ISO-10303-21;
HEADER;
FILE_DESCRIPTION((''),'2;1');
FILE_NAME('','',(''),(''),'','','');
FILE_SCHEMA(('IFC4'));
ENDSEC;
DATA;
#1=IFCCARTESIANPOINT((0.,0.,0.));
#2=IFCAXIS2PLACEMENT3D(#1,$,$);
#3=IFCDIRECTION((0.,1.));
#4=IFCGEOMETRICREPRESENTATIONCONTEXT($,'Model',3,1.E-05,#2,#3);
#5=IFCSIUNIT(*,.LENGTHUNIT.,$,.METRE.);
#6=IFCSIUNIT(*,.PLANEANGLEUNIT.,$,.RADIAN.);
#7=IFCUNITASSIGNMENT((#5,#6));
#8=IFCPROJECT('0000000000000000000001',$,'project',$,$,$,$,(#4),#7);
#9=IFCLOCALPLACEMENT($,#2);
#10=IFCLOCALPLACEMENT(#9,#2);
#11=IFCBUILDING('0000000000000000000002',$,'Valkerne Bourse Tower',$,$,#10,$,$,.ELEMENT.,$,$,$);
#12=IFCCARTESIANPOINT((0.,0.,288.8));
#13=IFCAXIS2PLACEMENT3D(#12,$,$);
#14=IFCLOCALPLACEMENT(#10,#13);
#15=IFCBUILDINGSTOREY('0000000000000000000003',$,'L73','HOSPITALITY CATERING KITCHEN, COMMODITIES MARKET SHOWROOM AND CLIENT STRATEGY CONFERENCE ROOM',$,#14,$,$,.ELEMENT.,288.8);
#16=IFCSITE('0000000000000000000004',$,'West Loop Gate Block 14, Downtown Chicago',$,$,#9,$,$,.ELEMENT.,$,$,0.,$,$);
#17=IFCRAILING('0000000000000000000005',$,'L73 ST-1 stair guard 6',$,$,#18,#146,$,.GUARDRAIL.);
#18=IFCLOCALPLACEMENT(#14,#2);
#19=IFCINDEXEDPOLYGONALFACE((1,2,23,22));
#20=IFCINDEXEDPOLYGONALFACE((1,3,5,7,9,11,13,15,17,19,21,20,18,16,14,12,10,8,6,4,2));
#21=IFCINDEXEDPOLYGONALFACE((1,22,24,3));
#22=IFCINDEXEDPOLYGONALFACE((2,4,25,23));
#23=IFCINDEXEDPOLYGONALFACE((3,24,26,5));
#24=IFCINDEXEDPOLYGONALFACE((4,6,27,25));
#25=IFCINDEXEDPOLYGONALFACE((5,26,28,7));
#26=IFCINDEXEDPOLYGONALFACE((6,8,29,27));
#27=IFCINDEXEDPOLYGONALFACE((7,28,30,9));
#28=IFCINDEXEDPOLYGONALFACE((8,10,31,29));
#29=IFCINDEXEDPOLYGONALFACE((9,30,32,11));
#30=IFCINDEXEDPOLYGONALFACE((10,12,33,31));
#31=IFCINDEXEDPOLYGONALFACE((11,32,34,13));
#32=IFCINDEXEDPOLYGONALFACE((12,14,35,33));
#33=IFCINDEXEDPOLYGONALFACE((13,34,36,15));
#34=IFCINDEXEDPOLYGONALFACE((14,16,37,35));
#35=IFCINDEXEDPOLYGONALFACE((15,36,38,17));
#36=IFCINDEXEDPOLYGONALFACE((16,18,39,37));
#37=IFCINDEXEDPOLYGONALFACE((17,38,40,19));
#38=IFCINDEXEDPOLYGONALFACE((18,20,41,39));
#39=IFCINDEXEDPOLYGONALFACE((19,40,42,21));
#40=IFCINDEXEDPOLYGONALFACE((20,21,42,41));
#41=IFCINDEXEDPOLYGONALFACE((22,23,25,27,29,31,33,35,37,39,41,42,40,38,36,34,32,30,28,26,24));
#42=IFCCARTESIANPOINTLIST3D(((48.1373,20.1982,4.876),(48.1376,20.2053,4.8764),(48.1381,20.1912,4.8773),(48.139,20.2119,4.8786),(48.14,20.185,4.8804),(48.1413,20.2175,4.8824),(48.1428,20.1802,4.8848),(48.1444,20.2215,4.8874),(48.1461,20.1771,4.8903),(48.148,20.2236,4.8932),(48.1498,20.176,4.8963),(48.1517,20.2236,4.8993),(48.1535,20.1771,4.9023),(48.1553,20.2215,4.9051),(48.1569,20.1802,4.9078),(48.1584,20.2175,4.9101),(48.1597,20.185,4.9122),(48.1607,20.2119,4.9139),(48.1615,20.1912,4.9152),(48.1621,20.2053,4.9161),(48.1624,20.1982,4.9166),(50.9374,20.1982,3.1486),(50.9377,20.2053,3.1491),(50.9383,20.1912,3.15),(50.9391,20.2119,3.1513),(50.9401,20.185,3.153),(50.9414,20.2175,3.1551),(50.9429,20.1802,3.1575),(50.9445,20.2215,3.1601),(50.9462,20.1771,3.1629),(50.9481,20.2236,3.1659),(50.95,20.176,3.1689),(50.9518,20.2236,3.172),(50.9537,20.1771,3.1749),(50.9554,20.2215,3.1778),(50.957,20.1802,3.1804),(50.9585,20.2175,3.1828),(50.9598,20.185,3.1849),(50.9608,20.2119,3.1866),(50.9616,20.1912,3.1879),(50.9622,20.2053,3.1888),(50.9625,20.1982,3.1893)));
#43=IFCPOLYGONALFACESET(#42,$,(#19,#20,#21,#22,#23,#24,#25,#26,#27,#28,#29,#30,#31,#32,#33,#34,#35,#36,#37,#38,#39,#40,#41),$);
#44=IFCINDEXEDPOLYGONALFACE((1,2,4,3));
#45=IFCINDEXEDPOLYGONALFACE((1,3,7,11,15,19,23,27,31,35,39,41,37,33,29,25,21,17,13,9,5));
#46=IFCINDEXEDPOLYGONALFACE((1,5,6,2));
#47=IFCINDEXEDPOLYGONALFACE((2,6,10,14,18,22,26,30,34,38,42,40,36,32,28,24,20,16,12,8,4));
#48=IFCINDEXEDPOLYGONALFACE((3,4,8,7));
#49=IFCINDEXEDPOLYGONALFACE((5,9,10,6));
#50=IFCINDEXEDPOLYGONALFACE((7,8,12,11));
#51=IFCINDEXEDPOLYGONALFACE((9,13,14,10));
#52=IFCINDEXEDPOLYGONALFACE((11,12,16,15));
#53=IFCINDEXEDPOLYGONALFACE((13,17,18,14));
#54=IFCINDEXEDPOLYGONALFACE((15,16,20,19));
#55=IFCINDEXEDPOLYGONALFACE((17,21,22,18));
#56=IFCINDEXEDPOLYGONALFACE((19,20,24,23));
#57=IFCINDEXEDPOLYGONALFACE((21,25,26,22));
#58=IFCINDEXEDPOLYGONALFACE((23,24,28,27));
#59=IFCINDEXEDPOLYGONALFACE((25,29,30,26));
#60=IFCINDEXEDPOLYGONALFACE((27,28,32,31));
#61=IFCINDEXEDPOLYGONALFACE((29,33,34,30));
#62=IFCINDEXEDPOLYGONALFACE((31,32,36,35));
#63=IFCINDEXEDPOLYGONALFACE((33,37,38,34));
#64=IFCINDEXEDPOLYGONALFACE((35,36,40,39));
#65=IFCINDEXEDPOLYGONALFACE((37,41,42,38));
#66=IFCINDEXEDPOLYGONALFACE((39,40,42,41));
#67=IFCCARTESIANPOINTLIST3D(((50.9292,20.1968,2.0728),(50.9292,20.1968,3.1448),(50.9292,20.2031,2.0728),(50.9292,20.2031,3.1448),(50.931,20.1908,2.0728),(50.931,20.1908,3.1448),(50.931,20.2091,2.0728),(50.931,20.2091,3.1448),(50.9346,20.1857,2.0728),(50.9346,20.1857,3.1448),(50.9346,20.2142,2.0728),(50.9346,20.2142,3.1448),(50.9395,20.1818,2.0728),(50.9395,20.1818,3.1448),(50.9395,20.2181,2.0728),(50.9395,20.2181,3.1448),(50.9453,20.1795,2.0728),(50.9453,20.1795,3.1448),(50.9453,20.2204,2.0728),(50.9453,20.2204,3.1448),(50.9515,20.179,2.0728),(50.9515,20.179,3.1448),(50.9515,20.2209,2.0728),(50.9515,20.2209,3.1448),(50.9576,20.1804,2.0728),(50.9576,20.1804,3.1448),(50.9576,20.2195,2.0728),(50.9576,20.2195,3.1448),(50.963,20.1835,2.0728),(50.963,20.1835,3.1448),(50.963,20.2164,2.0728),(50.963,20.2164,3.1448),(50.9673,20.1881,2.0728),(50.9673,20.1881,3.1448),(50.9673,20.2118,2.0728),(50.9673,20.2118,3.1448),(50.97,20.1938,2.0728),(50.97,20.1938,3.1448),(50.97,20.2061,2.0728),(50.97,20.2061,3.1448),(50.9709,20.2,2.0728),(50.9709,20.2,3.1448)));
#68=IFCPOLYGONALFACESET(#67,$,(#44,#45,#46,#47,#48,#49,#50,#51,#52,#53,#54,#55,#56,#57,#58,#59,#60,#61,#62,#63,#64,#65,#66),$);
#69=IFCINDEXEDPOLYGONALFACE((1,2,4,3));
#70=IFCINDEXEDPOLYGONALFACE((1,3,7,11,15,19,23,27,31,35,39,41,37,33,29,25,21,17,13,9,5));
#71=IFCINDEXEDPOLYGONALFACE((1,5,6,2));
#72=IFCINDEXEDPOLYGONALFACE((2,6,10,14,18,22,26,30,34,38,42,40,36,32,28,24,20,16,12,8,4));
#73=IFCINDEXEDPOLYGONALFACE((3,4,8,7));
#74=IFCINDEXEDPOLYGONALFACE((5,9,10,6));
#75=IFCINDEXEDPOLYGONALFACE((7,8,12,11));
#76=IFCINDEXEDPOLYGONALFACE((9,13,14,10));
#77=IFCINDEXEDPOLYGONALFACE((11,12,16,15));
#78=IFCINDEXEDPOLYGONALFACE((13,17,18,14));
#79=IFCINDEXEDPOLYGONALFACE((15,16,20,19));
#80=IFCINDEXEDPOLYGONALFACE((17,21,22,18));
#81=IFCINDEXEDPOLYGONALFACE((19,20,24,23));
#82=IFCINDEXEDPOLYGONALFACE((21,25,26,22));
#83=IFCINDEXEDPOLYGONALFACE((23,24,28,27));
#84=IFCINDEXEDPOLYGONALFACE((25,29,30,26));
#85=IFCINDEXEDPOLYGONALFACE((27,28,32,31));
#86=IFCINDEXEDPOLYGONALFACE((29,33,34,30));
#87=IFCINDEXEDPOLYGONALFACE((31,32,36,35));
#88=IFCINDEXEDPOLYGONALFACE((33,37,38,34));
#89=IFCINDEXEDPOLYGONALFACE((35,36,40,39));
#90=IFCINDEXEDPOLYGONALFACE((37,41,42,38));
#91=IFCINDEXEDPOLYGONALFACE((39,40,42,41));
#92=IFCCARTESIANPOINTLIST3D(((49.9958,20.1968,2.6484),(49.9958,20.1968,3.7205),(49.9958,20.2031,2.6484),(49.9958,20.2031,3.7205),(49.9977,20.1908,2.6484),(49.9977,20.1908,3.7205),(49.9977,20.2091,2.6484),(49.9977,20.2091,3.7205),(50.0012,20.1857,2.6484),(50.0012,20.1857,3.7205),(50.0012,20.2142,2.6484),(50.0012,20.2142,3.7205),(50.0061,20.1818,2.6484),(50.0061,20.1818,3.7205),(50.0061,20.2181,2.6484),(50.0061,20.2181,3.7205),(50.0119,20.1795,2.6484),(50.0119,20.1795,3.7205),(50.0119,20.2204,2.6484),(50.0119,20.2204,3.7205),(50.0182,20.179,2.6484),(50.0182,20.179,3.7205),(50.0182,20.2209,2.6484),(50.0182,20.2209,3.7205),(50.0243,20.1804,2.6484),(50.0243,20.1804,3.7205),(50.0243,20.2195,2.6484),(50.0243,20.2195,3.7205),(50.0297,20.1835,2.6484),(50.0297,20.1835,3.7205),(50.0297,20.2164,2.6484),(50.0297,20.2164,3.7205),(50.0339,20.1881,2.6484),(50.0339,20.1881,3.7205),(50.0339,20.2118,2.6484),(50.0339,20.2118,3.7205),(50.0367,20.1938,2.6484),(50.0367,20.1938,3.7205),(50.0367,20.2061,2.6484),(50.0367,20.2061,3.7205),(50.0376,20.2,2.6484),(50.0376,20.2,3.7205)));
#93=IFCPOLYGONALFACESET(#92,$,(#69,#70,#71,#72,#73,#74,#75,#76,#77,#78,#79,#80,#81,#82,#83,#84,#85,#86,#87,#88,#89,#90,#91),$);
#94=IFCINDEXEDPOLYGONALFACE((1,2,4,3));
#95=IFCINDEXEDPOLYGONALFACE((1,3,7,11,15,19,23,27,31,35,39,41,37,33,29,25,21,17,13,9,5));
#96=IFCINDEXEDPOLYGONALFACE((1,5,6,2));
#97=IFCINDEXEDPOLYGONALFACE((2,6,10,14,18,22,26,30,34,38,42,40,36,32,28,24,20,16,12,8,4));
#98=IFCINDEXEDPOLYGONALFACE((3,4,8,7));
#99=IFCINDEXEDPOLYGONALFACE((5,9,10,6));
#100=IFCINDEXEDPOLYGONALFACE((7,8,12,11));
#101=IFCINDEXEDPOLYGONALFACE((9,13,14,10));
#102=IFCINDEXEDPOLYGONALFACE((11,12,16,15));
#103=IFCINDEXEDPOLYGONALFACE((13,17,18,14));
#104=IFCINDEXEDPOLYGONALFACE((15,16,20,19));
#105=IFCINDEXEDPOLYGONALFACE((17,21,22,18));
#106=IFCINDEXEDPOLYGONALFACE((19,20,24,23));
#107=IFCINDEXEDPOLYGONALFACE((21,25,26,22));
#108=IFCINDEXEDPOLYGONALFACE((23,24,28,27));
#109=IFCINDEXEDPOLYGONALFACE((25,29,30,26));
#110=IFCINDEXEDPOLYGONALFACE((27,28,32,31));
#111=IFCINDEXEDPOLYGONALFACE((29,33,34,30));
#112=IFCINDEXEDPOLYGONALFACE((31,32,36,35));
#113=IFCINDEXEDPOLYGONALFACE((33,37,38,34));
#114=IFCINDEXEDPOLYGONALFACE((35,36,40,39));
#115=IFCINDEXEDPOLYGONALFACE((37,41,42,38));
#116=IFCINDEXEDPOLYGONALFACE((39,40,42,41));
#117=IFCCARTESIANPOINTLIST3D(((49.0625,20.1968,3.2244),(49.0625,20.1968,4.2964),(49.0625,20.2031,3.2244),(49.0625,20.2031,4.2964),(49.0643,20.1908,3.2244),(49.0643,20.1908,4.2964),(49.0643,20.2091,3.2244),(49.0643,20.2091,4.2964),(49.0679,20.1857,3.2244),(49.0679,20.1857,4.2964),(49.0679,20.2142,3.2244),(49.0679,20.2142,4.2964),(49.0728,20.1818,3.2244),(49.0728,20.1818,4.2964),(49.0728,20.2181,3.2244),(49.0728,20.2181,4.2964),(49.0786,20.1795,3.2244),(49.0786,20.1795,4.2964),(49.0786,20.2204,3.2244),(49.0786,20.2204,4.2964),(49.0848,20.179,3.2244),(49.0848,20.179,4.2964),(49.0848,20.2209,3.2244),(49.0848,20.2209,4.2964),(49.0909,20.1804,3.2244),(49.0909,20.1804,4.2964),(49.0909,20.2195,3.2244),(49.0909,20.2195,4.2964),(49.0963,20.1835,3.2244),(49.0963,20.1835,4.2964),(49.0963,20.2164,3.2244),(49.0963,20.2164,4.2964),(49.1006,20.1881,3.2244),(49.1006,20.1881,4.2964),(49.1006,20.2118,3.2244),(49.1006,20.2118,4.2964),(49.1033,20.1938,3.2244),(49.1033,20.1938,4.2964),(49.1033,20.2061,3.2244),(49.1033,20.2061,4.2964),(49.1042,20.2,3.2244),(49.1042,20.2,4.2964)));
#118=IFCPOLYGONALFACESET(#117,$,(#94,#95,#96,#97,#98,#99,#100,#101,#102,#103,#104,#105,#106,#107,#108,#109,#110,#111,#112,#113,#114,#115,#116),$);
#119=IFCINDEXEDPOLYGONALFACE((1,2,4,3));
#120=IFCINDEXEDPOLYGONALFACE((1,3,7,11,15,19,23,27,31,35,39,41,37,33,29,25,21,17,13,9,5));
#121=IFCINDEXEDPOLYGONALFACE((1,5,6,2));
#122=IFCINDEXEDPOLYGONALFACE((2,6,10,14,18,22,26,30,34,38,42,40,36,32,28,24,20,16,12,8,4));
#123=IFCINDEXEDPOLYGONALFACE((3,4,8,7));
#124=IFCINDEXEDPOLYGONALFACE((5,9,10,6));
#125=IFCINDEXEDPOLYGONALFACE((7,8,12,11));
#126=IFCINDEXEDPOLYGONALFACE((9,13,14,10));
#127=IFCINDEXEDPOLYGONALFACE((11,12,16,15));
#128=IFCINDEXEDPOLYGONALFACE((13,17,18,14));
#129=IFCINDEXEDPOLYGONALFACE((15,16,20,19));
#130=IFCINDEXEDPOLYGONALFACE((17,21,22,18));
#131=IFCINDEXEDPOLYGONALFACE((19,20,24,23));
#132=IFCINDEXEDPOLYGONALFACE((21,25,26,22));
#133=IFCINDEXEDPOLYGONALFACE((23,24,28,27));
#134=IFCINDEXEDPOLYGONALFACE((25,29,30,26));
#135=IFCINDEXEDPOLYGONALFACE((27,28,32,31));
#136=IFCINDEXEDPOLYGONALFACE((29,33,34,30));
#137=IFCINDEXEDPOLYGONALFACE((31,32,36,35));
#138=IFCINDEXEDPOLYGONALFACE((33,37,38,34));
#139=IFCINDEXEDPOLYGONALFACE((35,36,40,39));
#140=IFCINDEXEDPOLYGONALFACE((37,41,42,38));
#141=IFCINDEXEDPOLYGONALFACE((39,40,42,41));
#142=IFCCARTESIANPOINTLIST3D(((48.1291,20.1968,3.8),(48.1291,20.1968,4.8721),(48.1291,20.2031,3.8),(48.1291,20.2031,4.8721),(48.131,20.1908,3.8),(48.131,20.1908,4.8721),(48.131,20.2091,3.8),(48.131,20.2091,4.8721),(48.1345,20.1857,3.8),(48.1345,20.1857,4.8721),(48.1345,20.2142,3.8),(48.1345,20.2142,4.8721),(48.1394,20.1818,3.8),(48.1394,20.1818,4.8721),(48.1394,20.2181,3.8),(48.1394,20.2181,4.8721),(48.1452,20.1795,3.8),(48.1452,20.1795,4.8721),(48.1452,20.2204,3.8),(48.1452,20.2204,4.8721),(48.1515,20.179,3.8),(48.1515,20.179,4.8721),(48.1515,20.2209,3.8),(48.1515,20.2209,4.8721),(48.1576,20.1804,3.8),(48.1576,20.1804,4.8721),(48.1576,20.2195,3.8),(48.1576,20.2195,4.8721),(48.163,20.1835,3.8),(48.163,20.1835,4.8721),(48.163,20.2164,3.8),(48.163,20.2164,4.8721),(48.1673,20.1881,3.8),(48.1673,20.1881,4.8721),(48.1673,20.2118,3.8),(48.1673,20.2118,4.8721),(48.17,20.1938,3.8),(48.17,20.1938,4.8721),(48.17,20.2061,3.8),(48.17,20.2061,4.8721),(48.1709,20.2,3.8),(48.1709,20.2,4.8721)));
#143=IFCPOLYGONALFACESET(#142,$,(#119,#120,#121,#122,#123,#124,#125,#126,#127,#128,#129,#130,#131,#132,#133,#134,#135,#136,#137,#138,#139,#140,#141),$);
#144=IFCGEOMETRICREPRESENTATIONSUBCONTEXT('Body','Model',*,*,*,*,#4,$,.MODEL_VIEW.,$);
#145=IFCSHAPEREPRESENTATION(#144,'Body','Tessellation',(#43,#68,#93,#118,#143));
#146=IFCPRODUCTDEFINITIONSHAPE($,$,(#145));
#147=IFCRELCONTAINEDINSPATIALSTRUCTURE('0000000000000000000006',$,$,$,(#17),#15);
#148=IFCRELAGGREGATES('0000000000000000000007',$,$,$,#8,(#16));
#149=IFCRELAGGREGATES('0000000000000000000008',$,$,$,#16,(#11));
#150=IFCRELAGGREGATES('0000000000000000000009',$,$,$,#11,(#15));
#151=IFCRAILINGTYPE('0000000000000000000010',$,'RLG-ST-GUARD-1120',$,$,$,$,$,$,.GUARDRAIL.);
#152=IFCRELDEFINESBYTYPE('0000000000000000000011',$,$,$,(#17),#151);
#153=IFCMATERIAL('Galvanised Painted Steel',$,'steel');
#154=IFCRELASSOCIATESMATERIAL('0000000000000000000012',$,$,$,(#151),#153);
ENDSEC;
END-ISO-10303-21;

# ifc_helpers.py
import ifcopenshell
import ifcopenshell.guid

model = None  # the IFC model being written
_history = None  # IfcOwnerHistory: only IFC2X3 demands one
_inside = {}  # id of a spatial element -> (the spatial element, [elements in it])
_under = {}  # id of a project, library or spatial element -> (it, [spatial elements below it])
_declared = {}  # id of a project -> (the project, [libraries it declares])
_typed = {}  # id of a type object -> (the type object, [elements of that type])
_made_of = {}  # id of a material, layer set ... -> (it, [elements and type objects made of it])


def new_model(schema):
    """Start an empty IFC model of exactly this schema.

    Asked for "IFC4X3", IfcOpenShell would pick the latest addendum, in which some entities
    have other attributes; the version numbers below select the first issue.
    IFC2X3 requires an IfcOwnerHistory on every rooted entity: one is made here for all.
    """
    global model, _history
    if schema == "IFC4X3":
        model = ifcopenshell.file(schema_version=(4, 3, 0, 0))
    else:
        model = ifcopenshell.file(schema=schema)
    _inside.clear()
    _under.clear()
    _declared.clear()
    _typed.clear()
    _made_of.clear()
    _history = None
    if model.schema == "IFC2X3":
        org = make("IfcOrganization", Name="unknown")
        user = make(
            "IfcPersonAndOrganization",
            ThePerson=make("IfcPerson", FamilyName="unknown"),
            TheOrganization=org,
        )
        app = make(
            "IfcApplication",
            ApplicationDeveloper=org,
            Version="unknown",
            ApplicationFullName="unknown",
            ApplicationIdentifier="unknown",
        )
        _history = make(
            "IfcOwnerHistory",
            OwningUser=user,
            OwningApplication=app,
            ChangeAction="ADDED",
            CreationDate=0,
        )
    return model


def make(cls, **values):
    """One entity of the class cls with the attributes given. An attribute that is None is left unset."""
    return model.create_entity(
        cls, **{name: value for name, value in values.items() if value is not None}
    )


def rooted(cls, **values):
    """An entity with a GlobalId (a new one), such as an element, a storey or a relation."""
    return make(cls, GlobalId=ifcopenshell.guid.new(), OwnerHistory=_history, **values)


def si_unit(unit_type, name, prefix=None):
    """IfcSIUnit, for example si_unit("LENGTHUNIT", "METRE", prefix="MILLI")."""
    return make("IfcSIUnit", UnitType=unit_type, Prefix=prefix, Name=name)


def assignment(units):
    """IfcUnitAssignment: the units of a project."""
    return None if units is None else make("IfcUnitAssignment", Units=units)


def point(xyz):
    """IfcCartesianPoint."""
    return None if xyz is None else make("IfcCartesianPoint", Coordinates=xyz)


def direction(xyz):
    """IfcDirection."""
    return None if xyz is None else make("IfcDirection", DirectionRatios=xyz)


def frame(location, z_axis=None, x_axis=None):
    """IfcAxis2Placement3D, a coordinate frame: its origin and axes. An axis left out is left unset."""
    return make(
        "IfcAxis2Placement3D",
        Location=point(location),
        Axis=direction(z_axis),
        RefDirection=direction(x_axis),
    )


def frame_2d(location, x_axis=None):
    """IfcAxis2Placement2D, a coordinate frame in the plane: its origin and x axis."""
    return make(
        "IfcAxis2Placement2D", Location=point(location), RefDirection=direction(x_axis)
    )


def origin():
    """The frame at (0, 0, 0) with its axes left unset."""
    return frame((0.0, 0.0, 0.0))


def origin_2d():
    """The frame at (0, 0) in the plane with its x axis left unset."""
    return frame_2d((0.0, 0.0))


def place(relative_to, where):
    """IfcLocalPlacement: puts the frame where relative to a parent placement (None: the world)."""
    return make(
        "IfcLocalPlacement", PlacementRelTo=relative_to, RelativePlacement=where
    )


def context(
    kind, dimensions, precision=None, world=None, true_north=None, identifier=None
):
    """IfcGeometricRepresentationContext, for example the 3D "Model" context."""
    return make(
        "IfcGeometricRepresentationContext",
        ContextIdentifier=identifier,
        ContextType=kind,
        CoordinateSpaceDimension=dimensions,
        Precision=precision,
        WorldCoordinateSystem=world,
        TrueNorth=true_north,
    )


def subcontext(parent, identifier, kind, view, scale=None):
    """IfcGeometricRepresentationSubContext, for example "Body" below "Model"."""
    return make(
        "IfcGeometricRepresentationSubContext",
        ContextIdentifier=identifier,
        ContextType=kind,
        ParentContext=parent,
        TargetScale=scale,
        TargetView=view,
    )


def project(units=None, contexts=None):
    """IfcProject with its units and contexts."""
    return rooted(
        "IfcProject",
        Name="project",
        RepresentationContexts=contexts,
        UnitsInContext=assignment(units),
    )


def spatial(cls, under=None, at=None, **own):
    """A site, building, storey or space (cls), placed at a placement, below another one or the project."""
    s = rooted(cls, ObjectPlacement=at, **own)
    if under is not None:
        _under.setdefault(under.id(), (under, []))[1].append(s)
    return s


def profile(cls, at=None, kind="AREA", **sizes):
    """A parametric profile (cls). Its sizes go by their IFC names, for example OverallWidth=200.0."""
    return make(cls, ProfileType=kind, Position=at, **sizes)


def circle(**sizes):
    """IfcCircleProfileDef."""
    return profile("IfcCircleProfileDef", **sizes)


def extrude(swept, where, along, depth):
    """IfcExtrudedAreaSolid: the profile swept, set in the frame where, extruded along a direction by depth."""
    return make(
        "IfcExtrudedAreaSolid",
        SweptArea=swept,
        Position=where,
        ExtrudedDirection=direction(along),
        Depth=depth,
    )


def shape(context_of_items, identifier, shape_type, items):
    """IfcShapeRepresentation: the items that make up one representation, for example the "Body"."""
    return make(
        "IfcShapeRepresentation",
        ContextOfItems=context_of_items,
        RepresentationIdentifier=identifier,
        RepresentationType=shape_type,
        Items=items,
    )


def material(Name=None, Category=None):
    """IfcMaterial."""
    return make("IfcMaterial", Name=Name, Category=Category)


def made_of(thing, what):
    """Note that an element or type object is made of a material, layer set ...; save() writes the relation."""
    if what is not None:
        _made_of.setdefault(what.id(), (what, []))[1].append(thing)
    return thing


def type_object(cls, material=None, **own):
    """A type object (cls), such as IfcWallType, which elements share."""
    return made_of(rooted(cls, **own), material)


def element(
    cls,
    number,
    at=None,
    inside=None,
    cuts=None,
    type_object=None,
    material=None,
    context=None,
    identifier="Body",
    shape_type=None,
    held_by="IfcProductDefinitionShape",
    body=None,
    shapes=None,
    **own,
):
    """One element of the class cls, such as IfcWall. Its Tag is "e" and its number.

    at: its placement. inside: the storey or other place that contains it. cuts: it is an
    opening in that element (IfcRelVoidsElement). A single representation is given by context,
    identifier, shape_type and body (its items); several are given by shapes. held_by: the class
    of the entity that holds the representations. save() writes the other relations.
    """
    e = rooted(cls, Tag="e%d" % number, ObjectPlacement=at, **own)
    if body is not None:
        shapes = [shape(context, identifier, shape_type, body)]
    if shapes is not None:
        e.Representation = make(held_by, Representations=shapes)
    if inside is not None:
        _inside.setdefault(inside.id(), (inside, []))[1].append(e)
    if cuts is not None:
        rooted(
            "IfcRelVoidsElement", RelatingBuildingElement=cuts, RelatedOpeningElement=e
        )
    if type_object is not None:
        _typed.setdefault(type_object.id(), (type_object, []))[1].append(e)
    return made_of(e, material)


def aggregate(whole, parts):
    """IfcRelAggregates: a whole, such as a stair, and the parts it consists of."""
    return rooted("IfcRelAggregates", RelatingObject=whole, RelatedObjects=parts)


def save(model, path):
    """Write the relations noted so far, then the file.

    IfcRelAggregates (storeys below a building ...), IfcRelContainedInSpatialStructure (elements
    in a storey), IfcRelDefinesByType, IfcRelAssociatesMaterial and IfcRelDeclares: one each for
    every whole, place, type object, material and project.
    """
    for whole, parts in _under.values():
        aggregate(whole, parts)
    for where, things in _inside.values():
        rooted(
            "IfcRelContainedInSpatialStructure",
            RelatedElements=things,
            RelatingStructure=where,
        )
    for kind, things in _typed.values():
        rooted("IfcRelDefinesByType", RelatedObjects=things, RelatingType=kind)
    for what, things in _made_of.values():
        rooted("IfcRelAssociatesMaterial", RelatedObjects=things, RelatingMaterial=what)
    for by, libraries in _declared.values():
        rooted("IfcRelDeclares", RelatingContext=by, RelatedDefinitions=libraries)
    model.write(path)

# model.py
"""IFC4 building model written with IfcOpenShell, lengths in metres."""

from ifc_helpers import new_model, si_unit, direction, frame, origin, origin_2d, place, context, subcontext, project, spatial, circle, extrude, material, type_object, element, save


model = new_model("IFC4")

# Units and contexts
model_context = context("Model", 3, precision=1e-05, world=origin(), true_north=direction((0.0, 1.0)))
body_context = subcontext(model_context, "Body", "Model", "MODEL_VIEW")
ifc_project = project(units=[si_unit("LENGTHUNIT", "METRE"), si_unit("PLANEANGLEUNIT", "RADIAN")], contexts=[model_context])

# Site, building, storey
site_placement = place(None, origin())
site = spatial("IfcSite", under=ifc_project, at=site_placement, Name="West Loop Gate Block 14, Downtown Chicago", CompositionType="ELEMENT", RefElevation=0.0)
building_placement = place(site_placement, origin())
building = spatial("IfcBuilding", under=site, at=building_placement, Name="Valkerne Bourse Tower", CompositionType="ELEMENT")
storey_placement = place(building_placement, frame((0.0, 0.0, 288.8)))
storey = spatial("IfcBuildingStorey", under=building, at=storey_placement, Name="L73", Description="HOSPITALITY CATERING KITCHEN, COMMODITIES MARKET SHOWROOM AND CLIENT STRATEGY CONFERENCE ROOM", CompositionType="ELEMENT", Elevation=288.8)

# Shared definitions
ifc_material_1 = material(Name="Galvanised Painted Steel", Category="steel")

# Railing
railing_type_1 = type_object("IfcRailingType", Name="RLG-ST-GUARD-1120", PredefinedType="GUARDRAIL", material=ifc_material_1)
railing_1_placement = place(storey_placement, frame((50.95, 20.2, 2.0728)))
element("IfcRailing", 1, at=railing_1_placement, inside=storey, type_object=railing_type_1, Name="L73 ST-1 stair guard 6", PredefinedType="GUARDRAIL", context=body_context, shape_type="SweptSolid", body=[
    extrude(circle(Radius=0.0239, at=origin_2d()), frame((0.0, 0.0, 1.0962), z_axis=(-0.85109, 0.0, 0.52502), x_axis=(0.0, -1.0, 0.0)), (0.0, 0.0, 1.0), 3.29),
    extrude(circle(Radius=0.021, at=origin_2d()), origin(), (0.0, 0.0, 1.0), 1.072),
    extrude(circle(Radius=0.021, at=origin_2d()), frame((-0.9333, 0.0, 0.5757)), (0.0, 0.0, 1.0), 1.072),
    extrude(circle(Radius=0.021, at=origin_2d()), frame((-1.8667, 0.0, 1.1516)), (0.0, 0.0, 1.0), 1.072),
    extrude(circle(Radius=0.021, at=origin_2d()), frame((-2.8, 0.0, 1.7273)), (0.0, 0.0, 1.0), 1.072),
])

save(model, "model.ifc")
